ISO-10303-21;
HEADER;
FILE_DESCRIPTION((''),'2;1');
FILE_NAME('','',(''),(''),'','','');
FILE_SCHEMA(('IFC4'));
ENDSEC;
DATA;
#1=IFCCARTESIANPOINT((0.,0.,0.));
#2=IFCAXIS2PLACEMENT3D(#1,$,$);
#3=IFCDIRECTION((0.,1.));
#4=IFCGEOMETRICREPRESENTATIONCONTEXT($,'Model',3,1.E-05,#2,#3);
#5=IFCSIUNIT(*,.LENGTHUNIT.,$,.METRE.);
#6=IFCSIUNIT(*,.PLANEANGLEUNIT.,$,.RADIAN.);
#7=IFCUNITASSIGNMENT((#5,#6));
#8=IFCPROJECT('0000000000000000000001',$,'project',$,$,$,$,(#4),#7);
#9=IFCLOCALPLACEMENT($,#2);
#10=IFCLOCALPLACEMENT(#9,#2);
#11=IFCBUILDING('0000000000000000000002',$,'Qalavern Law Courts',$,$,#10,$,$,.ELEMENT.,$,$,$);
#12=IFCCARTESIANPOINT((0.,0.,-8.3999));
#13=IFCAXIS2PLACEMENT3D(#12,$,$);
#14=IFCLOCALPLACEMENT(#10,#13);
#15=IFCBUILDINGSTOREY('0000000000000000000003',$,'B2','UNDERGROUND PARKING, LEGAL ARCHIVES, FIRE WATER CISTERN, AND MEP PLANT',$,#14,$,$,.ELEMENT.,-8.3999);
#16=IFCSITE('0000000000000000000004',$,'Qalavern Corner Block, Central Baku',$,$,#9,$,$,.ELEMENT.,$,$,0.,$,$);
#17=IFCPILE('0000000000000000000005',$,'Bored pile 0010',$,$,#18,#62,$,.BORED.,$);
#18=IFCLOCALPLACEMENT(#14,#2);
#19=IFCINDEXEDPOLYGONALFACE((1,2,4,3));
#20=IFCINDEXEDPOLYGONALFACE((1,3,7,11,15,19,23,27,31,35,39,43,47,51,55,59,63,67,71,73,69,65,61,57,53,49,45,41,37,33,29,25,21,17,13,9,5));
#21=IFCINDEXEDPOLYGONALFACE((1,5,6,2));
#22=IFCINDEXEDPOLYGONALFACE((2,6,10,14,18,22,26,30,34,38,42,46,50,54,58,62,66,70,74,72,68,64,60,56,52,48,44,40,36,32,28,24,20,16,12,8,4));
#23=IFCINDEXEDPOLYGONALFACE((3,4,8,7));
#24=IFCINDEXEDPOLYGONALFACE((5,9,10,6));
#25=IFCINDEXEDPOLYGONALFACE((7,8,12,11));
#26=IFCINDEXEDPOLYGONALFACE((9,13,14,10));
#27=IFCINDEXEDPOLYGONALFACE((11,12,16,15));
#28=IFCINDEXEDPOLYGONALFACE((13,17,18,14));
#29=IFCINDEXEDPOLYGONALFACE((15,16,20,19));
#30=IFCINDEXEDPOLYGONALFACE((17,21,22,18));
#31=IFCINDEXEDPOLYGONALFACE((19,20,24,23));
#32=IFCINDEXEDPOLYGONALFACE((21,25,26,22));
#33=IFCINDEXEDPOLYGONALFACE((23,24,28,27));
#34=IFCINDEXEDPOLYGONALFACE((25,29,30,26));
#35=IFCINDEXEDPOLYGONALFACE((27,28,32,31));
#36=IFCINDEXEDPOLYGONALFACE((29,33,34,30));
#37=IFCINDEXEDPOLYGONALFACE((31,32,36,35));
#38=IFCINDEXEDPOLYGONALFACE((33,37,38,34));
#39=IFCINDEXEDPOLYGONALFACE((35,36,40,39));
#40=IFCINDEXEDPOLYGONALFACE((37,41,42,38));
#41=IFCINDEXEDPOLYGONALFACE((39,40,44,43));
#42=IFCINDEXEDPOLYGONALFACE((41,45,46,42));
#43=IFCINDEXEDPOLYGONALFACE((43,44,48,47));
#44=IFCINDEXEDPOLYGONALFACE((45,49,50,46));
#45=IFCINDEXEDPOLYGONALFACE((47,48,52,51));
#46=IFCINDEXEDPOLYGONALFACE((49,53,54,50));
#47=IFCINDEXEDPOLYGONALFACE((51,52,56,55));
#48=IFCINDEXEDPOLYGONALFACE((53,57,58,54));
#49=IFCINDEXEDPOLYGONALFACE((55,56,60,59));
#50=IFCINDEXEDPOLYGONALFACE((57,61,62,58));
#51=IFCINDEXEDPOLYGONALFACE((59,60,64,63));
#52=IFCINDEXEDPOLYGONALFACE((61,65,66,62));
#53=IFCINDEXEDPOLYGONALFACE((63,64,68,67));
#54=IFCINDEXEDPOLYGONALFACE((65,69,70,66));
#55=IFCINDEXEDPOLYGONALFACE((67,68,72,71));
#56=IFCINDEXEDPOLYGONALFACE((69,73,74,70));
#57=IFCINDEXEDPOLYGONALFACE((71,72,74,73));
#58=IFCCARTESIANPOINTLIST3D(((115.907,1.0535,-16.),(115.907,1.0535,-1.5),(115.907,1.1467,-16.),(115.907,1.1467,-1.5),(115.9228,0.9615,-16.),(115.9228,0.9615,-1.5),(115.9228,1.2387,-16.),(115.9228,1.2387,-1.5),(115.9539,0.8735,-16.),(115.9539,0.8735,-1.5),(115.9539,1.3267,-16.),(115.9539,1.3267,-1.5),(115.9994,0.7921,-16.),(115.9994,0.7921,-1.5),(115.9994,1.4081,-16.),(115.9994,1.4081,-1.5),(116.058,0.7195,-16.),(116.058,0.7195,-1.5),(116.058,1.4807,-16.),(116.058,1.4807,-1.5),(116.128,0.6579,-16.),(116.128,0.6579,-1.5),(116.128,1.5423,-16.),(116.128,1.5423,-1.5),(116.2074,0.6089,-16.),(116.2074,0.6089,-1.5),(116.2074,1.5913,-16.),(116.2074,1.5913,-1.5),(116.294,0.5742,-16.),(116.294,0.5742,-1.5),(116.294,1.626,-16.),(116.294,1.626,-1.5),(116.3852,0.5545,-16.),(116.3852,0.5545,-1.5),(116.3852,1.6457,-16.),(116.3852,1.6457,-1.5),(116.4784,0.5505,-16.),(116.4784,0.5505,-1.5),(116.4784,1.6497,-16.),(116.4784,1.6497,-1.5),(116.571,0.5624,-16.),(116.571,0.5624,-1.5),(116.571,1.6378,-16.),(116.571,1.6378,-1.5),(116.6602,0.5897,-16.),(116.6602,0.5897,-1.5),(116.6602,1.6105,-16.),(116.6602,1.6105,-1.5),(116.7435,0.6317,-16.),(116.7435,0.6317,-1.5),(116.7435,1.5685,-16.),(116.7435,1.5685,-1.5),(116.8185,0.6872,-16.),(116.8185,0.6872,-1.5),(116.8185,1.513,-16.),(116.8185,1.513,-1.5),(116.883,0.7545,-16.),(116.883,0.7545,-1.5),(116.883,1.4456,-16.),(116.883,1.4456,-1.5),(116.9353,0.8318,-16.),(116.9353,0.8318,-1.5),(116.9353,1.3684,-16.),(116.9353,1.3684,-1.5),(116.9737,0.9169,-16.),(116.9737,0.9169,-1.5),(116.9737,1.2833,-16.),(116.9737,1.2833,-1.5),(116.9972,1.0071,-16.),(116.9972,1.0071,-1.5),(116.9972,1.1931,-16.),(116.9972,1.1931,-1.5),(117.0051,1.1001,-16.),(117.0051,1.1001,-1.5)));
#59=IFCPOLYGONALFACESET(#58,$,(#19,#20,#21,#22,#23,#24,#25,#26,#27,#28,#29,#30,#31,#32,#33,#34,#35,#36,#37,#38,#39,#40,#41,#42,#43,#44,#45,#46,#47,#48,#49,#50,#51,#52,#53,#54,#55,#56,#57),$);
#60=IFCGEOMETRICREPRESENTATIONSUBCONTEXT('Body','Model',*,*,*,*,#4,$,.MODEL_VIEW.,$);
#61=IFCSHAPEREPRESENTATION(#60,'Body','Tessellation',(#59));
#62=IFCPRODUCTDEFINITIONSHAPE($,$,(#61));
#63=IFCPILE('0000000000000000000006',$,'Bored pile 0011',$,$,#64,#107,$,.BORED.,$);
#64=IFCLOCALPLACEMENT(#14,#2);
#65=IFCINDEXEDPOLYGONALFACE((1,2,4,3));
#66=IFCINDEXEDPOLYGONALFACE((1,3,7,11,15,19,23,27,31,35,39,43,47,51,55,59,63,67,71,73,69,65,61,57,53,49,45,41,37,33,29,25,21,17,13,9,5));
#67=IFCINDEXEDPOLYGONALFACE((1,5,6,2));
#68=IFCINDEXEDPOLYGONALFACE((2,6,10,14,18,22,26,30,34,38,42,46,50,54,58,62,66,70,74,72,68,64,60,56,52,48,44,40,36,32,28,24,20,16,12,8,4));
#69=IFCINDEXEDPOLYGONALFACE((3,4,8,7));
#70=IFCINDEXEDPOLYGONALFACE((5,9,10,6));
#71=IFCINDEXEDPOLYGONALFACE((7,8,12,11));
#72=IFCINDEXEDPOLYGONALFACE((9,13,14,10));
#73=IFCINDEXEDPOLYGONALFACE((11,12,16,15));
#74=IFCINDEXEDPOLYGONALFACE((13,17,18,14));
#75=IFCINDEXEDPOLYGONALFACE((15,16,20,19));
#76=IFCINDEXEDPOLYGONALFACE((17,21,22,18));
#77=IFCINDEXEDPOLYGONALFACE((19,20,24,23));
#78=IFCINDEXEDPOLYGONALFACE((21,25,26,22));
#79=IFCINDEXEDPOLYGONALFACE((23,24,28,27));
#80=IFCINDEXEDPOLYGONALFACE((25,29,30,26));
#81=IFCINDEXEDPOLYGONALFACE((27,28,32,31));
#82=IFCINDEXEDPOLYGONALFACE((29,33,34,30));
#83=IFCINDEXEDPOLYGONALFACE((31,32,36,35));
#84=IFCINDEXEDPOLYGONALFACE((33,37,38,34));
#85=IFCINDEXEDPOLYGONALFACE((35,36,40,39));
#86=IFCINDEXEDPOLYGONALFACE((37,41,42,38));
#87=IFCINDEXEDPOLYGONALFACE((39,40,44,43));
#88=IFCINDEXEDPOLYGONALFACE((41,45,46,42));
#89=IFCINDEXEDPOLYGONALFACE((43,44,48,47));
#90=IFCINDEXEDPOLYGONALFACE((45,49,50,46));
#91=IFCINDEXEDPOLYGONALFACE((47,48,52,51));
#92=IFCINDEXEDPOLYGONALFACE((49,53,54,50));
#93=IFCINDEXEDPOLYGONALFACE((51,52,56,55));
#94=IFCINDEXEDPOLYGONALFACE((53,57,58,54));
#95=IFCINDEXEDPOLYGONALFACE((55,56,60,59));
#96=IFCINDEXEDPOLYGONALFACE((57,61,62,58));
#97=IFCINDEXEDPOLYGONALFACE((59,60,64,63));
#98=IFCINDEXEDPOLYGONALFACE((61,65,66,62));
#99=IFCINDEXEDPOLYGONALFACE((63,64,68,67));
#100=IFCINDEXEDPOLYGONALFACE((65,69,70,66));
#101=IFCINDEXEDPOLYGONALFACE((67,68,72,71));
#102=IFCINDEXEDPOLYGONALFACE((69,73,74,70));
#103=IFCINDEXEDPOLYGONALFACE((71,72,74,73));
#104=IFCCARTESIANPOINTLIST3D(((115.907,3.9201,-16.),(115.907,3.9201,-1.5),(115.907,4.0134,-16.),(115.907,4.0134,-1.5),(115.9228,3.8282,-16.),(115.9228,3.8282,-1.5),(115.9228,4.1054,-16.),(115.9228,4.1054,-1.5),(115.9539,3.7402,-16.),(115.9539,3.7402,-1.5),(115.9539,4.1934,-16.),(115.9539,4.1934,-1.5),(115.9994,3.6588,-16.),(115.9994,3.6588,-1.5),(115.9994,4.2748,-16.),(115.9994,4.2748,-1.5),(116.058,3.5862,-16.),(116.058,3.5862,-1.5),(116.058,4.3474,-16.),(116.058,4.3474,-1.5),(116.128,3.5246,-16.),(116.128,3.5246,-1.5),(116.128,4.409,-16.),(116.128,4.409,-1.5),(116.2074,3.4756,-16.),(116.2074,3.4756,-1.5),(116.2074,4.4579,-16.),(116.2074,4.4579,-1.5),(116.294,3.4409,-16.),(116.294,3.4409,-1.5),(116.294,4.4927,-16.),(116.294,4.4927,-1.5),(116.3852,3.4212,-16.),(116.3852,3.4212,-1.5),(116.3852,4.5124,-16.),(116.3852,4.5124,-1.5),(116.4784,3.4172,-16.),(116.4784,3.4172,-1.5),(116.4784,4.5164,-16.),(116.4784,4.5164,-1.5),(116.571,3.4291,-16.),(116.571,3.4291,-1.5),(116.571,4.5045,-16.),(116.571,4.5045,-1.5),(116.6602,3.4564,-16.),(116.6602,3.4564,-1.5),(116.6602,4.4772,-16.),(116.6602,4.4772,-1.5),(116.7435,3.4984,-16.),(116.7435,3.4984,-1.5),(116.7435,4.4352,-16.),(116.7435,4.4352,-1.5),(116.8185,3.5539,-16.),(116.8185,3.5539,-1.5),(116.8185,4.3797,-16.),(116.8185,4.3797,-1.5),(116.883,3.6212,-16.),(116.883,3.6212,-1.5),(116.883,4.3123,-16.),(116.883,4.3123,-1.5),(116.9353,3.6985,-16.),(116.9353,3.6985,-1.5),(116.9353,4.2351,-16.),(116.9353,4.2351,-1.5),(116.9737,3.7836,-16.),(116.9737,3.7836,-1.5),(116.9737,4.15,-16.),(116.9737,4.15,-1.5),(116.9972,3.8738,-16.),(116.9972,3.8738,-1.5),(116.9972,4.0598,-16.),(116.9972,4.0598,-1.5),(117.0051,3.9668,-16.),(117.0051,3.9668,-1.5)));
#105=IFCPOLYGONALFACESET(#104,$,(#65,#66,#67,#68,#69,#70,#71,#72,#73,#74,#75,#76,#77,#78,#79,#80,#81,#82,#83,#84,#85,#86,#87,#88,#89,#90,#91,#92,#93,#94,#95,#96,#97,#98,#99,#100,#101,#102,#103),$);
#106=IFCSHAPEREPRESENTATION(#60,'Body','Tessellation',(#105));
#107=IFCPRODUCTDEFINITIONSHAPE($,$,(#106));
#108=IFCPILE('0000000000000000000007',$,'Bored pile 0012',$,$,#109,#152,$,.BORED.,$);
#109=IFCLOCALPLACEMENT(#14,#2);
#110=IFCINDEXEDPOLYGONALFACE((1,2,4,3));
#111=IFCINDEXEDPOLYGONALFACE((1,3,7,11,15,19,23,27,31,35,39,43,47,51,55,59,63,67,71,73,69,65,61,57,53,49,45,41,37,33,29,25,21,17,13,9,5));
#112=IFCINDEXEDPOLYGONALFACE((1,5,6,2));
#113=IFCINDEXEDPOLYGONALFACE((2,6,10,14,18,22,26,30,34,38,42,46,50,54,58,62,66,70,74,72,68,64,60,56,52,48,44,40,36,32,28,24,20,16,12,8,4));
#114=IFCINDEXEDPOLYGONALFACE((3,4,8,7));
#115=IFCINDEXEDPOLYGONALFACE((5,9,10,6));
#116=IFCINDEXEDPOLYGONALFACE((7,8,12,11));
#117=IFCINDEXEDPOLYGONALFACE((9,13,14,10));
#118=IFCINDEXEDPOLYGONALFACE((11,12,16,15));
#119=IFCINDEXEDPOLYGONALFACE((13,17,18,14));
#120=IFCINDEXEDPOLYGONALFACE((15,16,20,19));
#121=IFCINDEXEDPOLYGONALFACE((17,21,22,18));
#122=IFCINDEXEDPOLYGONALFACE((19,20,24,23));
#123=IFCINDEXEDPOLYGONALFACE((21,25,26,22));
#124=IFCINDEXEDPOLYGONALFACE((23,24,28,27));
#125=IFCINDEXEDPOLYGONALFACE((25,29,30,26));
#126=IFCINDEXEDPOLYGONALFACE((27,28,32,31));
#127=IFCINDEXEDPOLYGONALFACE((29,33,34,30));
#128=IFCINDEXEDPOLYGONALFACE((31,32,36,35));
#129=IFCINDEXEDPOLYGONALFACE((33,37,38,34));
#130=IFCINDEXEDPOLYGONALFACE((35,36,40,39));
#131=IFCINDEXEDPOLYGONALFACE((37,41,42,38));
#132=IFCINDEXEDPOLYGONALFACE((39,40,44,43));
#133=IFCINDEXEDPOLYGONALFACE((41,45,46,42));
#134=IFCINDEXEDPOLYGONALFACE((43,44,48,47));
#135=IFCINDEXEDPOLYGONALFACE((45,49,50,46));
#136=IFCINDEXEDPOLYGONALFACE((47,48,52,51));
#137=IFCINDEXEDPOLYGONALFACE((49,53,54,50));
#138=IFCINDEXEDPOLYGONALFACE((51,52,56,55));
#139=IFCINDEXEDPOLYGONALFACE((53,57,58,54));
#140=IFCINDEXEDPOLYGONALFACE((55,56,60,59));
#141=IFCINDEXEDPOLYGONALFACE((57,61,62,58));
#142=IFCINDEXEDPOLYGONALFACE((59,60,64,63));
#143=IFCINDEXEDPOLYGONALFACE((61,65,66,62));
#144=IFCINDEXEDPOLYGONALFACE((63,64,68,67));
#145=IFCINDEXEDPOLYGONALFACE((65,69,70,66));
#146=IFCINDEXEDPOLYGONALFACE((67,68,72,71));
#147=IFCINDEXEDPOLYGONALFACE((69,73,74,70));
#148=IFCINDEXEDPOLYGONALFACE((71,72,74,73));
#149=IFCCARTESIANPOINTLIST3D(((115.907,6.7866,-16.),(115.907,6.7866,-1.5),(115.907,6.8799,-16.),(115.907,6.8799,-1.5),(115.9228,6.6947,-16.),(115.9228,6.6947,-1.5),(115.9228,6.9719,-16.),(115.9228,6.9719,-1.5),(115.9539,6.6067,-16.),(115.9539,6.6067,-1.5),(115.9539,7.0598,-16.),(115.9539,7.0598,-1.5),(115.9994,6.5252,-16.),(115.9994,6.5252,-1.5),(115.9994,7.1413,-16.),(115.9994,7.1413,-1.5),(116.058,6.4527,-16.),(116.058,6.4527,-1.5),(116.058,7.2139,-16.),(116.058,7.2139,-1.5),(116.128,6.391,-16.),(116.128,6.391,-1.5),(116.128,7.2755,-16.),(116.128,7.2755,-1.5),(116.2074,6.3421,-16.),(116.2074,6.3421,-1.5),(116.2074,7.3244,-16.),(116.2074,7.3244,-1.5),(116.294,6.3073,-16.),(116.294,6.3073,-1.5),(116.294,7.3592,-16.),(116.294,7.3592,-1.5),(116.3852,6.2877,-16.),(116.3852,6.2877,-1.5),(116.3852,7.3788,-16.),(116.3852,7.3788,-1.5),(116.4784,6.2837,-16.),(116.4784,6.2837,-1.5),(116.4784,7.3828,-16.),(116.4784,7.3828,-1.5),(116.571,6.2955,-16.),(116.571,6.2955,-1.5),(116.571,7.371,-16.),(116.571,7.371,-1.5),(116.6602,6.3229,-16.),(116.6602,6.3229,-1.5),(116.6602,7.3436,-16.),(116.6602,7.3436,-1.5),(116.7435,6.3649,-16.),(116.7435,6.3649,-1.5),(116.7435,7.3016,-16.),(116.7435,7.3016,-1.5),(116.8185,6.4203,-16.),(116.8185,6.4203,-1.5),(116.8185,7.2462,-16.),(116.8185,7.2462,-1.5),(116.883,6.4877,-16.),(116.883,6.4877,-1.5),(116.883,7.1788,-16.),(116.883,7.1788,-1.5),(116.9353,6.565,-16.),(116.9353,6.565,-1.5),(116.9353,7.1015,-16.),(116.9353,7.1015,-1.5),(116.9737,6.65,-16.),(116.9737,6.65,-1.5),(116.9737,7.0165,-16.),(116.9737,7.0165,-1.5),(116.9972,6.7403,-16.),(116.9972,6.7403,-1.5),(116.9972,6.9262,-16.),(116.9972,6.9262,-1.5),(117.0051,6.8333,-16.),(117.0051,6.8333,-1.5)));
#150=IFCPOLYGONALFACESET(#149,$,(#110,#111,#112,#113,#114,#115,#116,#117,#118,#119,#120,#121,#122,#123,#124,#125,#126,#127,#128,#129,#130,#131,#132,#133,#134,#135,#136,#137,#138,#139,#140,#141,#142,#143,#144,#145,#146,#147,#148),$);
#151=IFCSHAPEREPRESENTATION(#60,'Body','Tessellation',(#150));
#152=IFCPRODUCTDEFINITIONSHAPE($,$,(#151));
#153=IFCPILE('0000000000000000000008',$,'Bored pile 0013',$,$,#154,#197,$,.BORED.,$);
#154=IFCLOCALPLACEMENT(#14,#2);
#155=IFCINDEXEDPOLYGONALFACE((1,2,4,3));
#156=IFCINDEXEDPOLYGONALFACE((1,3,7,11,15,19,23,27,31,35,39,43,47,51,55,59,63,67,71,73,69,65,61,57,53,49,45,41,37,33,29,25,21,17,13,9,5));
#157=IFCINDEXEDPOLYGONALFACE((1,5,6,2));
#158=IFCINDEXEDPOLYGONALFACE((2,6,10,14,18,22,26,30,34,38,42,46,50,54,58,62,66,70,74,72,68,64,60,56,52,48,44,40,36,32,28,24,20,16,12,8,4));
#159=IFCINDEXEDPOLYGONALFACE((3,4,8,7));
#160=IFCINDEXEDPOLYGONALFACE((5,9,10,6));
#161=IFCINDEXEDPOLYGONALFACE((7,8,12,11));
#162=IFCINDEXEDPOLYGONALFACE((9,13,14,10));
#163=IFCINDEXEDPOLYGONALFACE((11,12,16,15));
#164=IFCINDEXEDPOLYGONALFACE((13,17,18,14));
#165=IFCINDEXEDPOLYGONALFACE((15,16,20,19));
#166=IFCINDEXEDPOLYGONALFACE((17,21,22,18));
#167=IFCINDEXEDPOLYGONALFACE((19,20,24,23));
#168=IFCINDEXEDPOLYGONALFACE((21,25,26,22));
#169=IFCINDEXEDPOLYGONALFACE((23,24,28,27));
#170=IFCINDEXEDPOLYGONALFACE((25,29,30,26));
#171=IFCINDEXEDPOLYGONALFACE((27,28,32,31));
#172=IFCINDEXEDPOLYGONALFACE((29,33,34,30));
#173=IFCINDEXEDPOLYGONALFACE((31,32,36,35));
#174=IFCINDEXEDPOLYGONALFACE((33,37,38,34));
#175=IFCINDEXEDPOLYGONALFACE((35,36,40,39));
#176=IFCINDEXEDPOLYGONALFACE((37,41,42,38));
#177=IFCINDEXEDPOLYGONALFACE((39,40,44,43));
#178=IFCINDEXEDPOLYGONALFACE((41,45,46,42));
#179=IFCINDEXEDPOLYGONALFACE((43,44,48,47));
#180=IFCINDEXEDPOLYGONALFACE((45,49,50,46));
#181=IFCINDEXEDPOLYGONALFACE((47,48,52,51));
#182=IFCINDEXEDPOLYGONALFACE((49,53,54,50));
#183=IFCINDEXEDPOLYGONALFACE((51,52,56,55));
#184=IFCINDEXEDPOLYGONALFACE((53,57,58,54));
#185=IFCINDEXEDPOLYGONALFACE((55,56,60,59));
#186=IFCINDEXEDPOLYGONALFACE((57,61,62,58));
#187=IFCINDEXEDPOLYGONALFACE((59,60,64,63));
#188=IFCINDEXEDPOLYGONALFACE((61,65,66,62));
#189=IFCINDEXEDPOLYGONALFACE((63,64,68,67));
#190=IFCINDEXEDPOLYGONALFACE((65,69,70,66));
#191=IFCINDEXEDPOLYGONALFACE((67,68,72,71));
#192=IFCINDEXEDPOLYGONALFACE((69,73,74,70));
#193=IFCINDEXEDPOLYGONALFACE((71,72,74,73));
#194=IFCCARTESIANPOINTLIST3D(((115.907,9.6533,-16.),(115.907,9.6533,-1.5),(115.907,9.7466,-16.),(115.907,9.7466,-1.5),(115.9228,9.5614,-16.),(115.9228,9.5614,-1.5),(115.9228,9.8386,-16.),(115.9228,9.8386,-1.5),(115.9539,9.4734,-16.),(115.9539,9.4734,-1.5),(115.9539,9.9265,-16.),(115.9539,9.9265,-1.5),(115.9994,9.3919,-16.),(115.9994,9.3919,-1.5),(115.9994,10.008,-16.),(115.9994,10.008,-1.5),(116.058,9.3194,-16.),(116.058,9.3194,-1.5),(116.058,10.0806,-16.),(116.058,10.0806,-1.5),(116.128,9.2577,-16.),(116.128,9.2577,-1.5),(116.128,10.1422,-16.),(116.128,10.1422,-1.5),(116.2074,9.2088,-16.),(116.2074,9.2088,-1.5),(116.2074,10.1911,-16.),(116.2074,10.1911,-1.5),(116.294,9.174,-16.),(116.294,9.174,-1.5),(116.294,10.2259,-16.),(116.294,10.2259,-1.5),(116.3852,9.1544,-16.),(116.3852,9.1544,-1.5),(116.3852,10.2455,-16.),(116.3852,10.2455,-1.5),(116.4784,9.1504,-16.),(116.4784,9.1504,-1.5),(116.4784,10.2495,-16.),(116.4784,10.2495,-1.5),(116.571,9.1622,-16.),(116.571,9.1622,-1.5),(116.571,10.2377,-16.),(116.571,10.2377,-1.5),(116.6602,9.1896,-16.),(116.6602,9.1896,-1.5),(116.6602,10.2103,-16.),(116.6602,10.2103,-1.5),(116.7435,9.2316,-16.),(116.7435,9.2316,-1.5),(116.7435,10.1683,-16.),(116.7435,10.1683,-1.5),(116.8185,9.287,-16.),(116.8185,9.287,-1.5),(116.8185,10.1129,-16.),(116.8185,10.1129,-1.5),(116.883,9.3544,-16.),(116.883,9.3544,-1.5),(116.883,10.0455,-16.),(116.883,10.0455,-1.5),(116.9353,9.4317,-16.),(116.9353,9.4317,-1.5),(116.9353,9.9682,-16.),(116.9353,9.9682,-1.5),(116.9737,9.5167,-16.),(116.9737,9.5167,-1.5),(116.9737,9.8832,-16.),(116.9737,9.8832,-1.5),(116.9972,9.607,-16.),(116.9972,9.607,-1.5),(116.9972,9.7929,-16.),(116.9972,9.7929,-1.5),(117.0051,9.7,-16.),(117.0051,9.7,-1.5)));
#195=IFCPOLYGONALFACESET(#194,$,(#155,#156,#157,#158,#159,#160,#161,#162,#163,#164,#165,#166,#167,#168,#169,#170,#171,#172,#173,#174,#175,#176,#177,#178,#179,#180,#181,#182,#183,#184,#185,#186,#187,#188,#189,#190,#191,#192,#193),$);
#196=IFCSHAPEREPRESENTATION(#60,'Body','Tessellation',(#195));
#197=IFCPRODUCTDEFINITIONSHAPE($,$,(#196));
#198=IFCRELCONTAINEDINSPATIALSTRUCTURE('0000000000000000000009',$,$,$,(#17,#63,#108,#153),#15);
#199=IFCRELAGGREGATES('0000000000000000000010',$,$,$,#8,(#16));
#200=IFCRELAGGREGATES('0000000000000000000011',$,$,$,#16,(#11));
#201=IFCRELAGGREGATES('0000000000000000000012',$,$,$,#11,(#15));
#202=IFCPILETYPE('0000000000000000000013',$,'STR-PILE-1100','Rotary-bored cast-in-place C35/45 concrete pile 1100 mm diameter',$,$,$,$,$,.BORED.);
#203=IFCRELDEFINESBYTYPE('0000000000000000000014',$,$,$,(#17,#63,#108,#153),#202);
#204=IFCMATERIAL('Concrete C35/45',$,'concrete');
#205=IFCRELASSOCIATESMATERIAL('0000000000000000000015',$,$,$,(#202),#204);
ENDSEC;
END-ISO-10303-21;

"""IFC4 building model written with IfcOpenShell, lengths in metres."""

from ifc_helpers import new_model, si_unit, direction, frame, origin, origin_2d, place, context, subcontext, project, spatial, circle, extrude, material, material_profile, profile_set, type_object, element, save


model = new_model("IFC4")

# Units and contexts
model_context = context("Model", 3, precision=1e-05, world=origin(), true_north=direction((0.0, 1.0)))
body_context = subcontext(model_context, "Body", "Model", "MODEL_VIEW")
ifc_project = project(units=[si_unit("LENGTHUNIT", "METRE"), si_unit("PLANEANGLEUNIT", "RADIAN")], contexts=[model_context])

# Site, building, storey
site_placement = place(None, origin())
site = spatial("IfcSite", under=ifc_project, at=site_placement, Name="Qalavern Corner Block, Central Baku", CompositionType="ELEMENT", RefElevation=0.0)
building_placement = place(site_placement, origin())
building = spatial("IfcBuilding", under=site, at=building_placement, Name="Qalavern Law Courts", CompositionType="ELEMENT")
storey_placement = place(building_placement, frame((0.0, 0.0, -8.3999)))
storey = spatial("IfcBuildingStorey", under=building, at=storey_placement, Name="B2", Description="UNDERGROUND PARKING, LEGAL ARCHIVES, FIRE WATER CISTERN, AND MEP PLANT", CompositionType="ELEMENT", Elevation=-8.3999)

# Shared definitions
ifc_material_1 = material(Name="Concrete C35/45", Category="concrete")

# Piles
ifc_material_profile_1 = material_profile(ifc_material_1, circle(Radius=0.55, at=origin_2d()), Name="BORED PILE 1100")
ifc_profile_set_1 = profile_set([ifc_material_profile_1], Name="Concrete C35/45")
pile_type_1 = type_object("IfcPileType", Name="STR-PILE-1100", Description="Rotary-bored cast-in-place C35/45 concrete pile 1100 mm diameter", PredefinedType="BORED", material=ifc_profile_set_1)
for number, where, z_axis, x_axis, name in (
    (1, (116.4551, 1.1001, -1.5), (0.0, 0.0, -1.0), (1.0, 0.0, 0.0), "Bored pile 0010"),
    (2, (116.4551, 3.9668, -1.5), (0.0, 0.0, -1.0), (1.0, 0.0, 0.0), "Bored pile 0011"),
    (3, (116.4551, 6.8333, -1.5), (0.0, 0.0, -1.0), (1.0, 0.0, 0.0), "Bored pile 0012"),
    (4, (116.4551, 9.7, -1.5), (0.0, 0.0, -1.0), (1.0, 0.0, 0.0), "Bored pile 0013"),
):
    element("IfcPile", number, at=place(storey_placement, frame(where, z_axis=z_axis, x_axis=x_axis)), inside=storey, type_object=pile_type_1, Name=name, PredefinedType="BORED", context=body_context, shape_type="SweptSolid", body=[
        extrude(circle(Radius=0.55, at=origin_2d()), origin(), (0.0, 0.0, 1.0), 14.5),
    ])

save(model, "model.ifc")
